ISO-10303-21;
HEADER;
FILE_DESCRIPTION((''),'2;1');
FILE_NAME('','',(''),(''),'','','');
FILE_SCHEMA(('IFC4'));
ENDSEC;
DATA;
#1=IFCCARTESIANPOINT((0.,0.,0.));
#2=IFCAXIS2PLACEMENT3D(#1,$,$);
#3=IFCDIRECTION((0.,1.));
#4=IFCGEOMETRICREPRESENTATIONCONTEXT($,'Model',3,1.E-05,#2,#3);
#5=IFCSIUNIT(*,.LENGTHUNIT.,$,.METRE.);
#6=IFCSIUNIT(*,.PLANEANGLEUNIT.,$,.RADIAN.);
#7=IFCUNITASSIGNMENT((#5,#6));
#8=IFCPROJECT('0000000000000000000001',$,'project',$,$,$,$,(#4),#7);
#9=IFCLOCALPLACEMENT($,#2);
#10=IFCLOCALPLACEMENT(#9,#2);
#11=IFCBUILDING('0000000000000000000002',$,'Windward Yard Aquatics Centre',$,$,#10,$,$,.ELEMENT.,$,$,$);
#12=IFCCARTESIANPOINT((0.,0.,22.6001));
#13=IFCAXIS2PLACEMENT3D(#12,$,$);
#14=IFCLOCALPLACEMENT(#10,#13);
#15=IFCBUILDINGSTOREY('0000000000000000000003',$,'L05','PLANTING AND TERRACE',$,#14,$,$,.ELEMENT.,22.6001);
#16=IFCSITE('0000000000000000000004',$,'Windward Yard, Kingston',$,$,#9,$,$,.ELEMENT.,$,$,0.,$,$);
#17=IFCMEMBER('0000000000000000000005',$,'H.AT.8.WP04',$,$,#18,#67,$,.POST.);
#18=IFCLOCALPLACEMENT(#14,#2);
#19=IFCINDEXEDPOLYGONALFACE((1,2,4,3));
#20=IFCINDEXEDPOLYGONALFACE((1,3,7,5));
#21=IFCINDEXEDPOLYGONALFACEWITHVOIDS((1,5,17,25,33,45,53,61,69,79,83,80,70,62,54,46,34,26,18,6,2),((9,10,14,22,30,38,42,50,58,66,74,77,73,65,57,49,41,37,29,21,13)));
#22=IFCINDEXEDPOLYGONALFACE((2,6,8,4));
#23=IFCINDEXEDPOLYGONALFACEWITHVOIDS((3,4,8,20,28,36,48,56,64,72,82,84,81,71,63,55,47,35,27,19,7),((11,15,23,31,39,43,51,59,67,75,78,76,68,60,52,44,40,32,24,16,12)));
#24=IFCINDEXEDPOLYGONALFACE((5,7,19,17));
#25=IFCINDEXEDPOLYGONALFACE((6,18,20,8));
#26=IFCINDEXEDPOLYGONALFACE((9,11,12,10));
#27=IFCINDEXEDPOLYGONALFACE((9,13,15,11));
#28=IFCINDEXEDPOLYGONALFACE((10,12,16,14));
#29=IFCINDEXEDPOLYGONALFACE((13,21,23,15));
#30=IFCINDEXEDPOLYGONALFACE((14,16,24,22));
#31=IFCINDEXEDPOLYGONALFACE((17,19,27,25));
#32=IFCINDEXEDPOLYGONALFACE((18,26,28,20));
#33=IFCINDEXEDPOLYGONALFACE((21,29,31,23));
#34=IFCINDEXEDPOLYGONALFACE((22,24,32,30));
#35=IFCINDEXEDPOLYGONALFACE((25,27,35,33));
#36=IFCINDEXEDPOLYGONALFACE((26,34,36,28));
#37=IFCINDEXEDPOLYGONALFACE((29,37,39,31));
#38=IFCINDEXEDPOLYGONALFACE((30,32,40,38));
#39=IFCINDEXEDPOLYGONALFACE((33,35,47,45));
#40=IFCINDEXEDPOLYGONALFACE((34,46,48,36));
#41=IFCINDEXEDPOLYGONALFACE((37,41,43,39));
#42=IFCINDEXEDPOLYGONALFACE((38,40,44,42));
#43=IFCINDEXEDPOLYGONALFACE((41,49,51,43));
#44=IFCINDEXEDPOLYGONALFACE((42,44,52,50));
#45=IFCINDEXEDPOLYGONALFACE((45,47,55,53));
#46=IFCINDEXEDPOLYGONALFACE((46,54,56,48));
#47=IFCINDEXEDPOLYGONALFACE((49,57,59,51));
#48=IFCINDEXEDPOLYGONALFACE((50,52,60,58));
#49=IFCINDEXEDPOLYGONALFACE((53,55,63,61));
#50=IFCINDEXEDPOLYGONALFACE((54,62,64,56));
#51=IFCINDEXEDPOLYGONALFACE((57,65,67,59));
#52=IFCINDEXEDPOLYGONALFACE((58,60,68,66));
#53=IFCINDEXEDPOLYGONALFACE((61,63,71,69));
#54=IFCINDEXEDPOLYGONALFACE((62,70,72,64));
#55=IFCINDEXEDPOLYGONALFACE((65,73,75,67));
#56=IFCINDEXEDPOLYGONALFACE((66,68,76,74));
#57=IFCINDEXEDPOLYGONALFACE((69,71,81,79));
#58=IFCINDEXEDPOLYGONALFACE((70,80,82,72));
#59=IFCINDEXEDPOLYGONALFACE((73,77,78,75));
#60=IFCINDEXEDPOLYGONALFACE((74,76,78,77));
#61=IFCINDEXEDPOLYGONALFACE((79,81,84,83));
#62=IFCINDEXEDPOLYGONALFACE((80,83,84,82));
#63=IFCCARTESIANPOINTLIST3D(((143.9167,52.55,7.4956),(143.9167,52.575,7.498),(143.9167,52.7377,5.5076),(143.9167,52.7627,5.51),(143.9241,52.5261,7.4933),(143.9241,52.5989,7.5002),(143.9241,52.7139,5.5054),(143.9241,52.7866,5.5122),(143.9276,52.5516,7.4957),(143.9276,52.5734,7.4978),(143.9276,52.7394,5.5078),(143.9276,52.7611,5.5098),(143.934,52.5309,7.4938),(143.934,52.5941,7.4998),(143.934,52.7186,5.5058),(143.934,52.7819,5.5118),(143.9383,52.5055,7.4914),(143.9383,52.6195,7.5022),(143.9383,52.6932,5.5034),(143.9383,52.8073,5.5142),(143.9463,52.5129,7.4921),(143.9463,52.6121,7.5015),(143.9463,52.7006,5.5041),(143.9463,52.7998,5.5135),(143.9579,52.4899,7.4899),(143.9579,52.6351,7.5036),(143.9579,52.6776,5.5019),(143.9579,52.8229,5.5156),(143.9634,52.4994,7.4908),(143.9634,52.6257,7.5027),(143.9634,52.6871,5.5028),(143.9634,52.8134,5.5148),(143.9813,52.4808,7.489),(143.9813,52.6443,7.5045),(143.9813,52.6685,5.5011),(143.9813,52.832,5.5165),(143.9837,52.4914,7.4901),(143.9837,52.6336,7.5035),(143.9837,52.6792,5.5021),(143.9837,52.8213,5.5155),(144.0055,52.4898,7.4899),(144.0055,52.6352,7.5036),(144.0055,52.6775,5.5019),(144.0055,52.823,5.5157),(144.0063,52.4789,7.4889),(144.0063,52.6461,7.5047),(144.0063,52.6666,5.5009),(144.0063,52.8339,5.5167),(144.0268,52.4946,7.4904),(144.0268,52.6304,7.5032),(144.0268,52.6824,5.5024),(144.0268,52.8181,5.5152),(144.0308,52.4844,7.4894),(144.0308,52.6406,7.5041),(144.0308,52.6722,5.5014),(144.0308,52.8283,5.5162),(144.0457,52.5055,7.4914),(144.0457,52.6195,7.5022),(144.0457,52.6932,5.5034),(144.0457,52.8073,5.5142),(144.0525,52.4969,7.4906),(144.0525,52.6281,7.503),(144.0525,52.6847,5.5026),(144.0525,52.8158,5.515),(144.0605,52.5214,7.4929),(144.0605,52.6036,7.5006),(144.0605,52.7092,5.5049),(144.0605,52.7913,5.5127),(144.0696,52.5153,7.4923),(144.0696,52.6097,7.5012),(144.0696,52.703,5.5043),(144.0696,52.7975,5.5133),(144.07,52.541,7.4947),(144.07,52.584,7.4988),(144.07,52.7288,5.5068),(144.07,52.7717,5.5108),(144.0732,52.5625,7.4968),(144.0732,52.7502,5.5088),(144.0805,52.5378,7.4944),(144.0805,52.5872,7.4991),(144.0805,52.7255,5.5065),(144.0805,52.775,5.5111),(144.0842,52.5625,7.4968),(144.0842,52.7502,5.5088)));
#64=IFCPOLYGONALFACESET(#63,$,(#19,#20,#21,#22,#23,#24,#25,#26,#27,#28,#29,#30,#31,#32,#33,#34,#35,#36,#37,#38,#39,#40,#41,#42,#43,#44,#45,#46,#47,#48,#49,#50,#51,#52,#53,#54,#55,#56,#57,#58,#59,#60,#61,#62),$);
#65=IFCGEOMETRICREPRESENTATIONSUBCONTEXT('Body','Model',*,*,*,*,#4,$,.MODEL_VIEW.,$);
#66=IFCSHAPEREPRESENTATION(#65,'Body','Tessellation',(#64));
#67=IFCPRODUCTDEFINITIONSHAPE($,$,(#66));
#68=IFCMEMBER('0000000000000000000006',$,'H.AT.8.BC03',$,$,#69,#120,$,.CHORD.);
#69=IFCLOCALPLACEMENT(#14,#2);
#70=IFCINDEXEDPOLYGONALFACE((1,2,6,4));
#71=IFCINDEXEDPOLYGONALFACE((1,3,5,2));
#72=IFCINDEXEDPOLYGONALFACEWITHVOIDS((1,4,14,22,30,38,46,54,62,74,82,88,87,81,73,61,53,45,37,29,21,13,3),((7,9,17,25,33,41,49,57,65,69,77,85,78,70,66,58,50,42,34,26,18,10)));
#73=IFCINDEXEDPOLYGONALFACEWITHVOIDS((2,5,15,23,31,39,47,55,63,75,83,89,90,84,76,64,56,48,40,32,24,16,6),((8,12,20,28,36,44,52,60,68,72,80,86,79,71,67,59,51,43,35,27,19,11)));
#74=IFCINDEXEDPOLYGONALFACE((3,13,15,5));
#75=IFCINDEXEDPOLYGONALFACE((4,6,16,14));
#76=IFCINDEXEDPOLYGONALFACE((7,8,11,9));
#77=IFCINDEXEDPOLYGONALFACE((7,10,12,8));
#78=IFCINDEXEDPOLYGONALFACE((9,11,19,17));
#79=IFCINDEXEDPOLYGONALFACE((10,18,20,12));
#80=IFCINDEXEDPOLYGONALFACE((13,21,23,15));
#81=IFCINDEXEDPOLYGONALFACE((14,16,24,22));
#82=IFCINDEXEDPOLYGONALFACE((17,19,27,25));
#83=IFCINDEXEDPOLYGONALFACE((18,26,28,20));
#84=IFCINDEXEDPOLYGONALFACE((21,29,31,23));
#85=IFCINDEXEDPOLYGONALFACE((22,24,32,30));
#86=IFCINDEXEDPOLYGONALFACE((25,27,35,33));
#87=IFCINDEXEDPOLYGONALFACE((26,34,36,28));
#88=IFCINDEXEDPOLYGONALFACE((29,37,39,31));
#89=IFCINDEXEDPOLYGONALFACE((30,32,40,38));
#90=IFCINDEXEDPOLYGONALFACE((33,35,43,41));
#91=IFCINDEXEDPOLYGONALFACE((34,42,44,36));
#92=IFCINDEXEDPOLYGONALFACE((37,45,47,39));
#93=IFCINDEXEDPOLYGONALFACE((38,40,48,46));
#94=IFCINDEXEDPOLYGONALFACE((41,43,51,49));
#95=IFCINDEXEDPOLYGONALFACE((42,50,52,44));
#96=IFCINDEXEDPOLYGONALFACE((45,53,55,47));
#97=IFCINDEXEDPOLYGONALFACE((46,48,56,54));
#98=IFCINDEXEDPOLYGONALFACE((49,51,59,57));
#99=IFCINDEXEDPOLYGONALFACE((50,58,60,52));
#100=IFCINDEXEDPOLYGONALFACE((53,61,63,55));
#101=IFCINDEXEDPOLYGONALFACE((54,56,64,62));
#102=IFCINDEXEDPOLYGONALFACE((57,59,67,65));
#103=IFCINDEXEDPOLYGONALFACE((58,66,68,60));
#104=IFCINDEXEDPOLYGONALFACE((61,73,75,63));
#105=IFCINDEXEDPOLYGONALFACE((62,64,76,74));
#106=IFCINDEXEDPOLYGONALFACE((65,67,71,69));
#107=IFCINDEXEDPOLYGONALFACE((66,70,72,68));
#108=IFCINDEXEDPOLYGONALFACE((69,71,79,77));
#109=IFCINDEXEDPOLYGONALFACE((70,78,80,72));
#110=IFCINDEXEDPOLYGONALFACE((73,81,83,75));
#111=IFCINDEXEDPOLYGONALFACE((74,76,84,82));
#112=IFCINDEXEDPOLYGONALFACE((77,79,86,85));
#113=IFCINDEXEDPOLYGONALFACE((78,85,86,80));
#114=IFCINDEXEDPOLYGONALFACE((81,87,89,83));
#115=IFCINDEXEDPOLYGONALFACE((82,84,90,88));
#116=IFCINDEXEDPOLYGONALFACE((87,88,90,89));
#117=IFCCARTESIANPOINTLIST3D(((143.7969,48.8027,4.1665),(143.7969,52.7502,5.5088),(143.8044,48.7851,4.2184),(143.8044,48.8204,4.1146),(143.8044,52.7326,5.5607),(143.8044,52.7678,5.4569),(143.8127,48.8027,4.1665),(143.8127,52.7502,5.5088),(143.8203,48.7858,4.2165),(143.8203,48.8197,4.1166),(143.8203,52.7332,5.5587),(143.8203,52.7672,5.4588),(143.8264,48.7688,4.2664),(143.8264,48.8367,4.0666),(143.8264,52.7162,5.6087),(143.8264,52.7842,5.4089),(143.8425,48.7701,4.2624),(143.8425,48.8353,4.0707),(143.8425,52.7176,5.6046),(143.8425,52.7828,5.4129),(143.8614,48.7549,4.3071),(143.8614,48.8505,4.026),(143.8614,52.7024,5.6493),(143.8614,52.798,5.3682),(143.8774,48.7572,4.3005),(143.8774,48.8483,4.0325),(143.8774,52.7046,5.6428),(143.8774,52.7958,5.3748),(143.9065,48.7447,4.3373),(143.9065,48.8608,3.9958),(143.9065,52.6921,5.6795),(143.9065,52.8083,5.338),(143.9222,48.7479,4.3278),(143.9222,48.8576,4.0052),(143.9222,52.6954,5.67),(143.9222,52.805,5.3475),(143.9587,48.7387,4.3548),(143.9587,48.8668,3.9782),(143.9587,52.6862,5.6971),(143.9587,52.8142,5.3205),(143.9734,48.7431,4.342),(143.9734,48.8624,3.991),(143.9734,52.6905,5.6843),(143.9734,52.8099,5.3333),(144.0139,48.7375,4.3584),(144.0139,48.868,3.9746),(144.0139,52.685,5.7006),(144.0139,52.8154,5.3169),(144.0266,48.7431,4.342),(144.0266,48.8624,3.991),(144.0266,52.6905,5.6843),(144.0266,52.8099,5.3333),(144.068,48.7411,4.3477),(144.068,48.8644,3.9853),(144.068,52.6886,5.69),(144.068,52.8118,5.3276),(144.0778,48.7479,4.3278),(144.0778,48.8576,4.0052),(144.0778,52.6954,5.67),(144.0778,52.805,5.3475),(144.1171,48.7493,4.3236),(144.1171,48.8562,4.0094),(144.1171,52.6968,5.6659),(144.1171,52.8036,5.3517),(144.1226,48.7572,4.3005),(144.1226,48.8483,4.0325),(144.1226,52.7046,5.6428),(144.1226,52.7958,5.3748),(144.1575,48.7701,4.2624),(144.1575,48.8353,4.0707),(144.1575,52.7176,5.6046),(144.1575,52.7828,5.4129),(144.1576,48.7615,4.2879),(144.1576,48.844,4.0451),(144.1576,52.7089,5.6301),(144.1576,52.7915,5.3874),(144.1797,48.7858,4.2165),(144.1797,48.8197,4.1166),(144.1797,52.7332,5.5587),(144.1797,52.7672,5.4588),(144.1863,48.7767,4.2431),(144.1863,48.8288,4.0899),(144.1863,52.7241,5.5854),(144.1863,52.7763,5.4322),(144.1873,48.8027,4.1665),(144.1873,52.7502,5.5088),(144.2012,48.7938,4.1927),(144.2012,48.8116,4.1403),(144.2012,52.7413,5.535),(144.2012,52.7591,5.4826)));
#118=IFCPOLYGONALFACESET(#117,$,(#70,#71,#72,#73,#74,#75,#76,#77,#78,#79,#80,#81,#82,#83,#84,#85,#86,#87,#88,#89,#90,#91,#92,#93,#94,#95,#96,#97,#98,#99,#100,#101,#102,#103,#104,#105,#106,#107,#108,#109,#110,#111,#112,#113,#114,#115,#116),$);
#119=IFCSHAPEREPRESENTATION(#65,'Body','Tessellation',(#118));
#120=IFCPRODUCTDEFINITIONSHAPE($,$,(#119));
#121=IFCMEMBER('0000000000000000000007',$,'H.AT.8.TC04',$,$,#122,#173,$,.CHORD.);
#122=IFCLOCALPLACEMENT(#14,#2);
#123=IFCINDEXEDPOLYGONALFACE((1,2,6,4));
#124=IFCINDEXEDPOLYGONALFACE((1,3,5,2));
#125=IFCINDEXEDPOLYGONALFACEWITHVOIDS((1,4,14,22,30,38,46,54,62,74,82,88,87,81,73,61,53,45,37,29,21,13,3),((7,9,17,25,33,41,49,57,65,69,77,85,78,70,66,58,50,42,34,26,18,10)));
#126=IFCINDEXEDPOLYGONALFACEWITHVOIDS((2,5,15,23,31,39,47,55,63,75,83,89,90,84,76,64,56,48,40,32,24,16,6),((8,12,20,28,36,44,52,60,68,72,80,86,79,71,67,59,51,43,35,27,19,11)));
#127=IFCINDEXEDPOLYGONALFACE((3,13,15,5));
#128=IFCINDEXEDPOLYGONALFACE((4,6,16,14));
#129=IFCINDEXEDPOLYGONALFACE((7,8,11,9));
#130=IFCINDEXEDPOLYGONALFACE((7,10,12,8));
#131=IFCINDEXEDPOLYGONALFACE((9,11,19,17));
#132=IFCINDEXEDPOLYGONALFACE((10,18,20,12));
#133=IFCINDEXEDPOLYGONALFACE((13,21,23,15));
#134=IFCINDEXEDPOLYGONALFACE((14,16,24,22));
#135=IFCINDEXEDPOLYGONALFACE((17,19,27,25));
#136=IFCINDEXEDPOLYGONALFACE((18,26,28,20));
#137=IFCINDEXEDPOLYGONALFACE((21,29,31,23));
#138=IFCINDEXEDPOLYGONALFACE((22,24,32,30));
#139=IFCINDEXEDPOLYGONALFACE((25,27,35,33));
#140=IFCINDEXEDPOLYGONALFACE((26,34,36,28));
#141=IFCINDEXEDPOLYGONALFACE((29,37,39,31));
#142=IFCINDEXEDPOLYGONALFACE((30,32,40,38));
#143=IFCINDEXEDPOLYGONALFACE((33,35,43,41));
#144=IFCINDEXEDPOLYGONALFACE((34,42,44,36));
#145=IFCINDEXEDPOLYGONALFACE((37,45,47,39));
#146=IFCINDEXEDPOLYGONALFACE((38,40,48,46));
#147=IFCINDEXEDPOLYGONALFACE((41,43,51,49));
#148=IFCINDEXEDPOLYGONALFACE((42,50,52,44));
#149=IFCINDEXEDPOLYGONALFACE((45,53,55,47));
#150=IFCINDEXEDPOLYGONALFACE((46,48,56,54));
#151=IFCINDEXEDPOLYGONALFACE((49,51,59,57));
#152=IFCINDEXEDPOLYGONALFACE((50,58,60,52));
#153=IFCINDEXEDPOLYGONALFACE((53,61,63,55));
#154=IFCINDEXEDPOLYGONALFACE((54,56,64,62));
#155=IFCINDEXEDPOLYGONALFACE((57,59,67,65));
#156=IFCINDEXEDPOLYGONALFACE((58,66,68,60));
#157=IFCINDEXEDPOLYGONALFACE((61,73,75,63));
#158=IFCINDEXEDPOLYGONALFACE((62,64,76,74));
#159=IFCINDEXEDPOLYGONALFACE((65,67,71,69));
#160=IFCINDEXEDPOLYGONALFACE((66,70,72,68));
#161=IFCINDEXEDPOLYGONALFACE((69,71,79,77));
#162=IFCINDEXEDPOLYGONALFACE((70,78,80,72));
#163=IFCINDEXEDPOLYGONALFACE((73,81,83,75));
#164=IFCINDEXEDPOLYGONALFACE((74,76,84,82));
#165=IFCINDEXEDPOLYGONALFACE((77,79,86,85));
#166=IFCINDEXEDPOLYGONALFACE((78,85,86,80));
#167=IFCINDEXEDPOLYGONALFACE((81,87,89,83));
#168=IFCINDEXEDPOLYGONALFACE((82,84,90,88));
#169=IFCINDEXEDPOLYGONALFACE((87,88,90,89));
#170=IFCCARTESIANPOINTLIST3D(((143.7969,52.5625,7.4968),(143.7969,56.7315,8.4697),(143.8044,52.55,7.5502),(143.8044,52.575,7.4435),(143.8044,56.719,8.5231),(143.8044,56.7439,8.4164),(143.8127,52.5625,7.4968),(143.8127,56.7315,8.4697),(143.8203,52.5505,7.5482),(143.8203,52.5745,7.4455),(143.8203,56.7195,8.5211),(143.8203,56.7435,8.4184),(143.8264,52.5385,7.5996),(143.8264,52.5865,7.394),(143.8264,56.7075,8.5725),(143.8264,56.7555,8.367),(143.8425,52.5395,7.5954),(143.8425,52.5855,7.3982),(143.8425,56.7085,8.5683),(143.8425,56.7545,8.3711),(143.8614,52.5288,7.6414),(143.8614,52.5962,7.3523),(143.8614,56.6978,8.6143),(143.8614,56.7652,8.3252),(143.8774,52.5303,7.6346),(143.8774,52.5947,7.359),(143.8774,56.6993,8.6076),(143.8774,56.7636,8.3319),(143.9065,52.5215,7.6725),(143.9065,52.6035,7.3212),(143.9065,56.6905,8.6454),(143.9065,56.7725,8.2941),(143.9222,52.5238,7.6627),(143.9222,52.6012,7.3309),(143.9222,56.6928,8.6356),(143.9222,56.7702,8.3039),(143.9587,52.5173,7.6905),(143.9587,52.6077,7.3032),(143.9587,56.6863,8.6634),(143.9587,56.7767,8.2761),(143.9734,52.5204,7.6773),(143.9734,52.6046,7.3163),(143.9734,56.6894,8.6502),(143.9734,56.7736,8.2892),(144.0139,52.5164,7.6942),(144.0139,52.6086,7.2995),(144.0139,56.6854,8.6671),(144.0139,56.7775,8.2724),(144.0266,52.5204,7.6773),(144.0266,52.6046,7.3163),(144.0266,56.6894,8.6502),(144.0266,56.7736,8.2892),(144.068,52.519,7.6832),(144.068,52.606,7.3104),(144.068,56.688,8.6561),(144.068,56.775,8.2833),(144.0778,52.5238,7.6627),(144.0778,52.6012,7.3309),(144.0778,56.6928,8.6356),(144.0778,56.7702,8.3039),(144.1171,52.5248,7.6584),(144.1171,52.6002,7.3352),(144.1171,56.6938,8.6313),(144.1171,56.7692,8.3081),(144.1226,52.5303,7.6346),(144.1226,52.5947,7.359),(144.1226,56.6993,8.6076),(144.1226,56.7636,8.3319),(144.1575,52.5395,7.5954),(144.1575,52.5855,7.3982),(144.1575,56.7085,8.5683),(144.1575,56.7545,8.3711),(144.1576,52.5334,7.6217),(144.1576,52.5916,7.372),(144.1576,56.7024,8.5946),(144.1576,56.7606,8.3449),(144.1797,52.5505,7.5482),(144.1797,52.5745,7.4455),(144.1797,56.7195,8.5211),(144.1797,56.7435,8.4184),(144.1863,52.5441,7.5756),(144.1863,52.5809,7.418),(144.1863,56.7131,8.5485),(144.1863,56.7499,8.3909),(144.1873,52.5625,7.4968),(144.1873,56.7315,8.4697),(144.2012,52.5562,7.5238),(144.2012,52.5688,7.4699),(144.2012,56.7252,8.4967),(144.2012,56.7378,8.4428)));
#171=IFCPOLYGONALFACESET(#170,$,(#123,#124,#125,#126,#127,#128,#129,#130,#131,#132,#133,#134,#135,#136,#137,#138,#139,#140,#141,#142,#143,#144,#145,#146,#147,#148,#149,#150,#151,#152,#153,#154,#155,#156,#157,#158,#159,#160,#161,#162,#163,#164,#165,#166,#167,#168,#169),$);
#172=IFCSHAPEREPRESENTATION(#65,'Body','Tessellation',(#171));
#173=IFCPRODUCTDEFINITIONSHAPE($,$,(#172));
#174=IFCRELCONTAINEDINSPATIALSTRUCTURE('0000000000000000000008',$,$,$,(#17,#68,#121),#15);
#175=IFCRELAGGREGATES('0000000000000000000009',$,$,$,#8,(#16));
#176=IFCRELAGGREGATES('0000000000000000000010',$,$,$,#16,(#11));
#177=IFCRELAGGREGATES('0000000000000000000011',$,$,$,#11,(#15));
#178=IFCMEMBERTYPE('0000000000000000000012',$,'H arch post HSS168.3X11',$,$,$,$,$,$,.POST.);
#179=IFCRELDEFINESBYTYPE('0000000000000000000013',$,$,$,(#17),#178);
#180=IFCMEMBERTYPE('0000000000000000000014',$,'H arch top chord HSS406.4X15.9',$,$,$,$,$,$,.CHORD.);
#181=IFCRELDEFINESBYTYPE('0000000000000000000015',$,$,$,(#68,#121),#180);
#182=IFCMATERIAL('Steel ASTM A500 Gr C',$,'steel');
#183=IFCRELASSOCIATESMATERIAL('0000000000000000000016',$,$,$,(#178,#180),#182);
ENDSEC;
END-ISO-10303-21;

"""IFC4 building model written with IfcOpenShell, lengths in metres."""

from ifc_helpers import new_model, si_unit, direction, frame, origin, origin_2d, place, context, subcontext, project, spatial, hollow_circle, extrude, material, material_profile, profile_set, type_object, element, save


model = new_model("IFC4")

# Units and contexts
model_context = context("Model", 3, precision=1e-05, world=origin(), true_north=direction((0.0, 1.0)))
body_context = subcontext(model_context, "Body", "Model", "MODEL_VIEW")
ifc_project = project(units=[si_unit("LENGTHUNIT", "METRE"), si_unit("PLANEANGLEUNIT", "RADIAN")], contexts=[model_context])

# Site, building, storey
site_placement = place(None, origin())
site = spatial("IfcSite", under=ifc_project, at=site_placement, Name="Windward Yard, Kingston", CompositionType="ELEMENT", RefElevation=0.0)
building_placement = place(site_placement, origin())
building = spatial("IfcBuilding", under=site, at=building_placement, Name="Windward Yard Aquatics Centre", CompositionType="ELEMENT")
storey_placement = place(building_placement, frame((0.0, 0.0, 22.6001)))
storey = spatial("IfcBuildingStorey", under=building, at=storey_placement, Name="L05", Description="PLANTING AND TERRACE", CompositionType="ELEMENT", Elevation=22.6001)

# Members
ifc_material_1 = material(Name="Steel ASTM A500 Gr C", Category="steel")
ifc_material_profile_1 = material_profile(ifc_material_1, hollow_circle(Radius=0.0842, WallThickness=0.011, at=origin_2d()), Name="HSS168.3X11")
ifc_profile_set_1 = profile_set([ifc_material_profile_1], Name="Steel ASTM A500 Gr C")
member_type_1 = type_object("IfcMemberType", Name="H arch post HSS168.3X11", PredefinedType="POST", material=ifc_profile_set_1)
member_1_placement = place(storey_placement, frame((144.0, 52.7502, 5.5088), z_axis=(0.0, -0.094019, 0.99557), x_axis=(1.0, 0.0, 0.0)))
element("IfcMember", 1, at=member_1_placement, inside=storey, type_object=member_type_1, Name="H.AT.8.WP04", PredefinedType="POST", context=body_context, shape_type="SweptSolid", body=[
    extrude(hollow_circle(Radius=0.0842, WallThickness=0.011, at=origin_2d()), origin(), (0.0, 0.0, 1.0), 1.9968),
])
ifc_material_profile_2 = material_profile(ifc_material_1, hollow_circle(Radius=0.2031, WallThickness=0.0159, at=origin_2d()), Name="HSS406.4X15.9")
ifc_profile_set_2 = profile_set([ifc_material_profile_2], Name="Steel ASTM A500 Gr C")
member_type_2 = type_object("IfcMemberType", Name="H arch top chord HSS406.4X15.9", PredefinedType="CHORD", material=ifc_profile_set_2)
member_2_placement = place(storey_placement, frame((144.0, 48.8027, 4.1665), z_axis=(0.0, 0.946763, 0.321931), x_axis=(-1.0, 0.0, 0.0)))
element("IfcMember", 2, at=member_2_placement, inside=storey, type_object=member_type_2, Name="H.AT.8.BC03", PredefinedType="CHORD", context=body_context, shape_type="SweptSolid", body=[
    extrude(hollow_circle(Radius=0.2031, WallThickness=0.0159, at=origin_2d()), origin(), (0.0, 0.0, 1.0), 4.1694),
])
member_3_placement = place(storey_placement, frame((144.0, 52.5625, 7.4968), z_axis=(0.0, 0.973834, 0.227262), x_axis=(-1.0, 0.0, 0.0)))
element("IfcMember", 3, at=member_3_placement, inside=storey, type_object=member_type_2, Name="H.AT.8.TC04", PredefinedType="CHORD", context=body_context, shape_type="SweptSolid", body=[
    extrude(hollow_circle(Radius=0.2031, WallThickness=0.0159, at=origin_2d()), origin(), (0.0, 0.0, 1.0), 4.281),
])

save(model, "model.ifc")
